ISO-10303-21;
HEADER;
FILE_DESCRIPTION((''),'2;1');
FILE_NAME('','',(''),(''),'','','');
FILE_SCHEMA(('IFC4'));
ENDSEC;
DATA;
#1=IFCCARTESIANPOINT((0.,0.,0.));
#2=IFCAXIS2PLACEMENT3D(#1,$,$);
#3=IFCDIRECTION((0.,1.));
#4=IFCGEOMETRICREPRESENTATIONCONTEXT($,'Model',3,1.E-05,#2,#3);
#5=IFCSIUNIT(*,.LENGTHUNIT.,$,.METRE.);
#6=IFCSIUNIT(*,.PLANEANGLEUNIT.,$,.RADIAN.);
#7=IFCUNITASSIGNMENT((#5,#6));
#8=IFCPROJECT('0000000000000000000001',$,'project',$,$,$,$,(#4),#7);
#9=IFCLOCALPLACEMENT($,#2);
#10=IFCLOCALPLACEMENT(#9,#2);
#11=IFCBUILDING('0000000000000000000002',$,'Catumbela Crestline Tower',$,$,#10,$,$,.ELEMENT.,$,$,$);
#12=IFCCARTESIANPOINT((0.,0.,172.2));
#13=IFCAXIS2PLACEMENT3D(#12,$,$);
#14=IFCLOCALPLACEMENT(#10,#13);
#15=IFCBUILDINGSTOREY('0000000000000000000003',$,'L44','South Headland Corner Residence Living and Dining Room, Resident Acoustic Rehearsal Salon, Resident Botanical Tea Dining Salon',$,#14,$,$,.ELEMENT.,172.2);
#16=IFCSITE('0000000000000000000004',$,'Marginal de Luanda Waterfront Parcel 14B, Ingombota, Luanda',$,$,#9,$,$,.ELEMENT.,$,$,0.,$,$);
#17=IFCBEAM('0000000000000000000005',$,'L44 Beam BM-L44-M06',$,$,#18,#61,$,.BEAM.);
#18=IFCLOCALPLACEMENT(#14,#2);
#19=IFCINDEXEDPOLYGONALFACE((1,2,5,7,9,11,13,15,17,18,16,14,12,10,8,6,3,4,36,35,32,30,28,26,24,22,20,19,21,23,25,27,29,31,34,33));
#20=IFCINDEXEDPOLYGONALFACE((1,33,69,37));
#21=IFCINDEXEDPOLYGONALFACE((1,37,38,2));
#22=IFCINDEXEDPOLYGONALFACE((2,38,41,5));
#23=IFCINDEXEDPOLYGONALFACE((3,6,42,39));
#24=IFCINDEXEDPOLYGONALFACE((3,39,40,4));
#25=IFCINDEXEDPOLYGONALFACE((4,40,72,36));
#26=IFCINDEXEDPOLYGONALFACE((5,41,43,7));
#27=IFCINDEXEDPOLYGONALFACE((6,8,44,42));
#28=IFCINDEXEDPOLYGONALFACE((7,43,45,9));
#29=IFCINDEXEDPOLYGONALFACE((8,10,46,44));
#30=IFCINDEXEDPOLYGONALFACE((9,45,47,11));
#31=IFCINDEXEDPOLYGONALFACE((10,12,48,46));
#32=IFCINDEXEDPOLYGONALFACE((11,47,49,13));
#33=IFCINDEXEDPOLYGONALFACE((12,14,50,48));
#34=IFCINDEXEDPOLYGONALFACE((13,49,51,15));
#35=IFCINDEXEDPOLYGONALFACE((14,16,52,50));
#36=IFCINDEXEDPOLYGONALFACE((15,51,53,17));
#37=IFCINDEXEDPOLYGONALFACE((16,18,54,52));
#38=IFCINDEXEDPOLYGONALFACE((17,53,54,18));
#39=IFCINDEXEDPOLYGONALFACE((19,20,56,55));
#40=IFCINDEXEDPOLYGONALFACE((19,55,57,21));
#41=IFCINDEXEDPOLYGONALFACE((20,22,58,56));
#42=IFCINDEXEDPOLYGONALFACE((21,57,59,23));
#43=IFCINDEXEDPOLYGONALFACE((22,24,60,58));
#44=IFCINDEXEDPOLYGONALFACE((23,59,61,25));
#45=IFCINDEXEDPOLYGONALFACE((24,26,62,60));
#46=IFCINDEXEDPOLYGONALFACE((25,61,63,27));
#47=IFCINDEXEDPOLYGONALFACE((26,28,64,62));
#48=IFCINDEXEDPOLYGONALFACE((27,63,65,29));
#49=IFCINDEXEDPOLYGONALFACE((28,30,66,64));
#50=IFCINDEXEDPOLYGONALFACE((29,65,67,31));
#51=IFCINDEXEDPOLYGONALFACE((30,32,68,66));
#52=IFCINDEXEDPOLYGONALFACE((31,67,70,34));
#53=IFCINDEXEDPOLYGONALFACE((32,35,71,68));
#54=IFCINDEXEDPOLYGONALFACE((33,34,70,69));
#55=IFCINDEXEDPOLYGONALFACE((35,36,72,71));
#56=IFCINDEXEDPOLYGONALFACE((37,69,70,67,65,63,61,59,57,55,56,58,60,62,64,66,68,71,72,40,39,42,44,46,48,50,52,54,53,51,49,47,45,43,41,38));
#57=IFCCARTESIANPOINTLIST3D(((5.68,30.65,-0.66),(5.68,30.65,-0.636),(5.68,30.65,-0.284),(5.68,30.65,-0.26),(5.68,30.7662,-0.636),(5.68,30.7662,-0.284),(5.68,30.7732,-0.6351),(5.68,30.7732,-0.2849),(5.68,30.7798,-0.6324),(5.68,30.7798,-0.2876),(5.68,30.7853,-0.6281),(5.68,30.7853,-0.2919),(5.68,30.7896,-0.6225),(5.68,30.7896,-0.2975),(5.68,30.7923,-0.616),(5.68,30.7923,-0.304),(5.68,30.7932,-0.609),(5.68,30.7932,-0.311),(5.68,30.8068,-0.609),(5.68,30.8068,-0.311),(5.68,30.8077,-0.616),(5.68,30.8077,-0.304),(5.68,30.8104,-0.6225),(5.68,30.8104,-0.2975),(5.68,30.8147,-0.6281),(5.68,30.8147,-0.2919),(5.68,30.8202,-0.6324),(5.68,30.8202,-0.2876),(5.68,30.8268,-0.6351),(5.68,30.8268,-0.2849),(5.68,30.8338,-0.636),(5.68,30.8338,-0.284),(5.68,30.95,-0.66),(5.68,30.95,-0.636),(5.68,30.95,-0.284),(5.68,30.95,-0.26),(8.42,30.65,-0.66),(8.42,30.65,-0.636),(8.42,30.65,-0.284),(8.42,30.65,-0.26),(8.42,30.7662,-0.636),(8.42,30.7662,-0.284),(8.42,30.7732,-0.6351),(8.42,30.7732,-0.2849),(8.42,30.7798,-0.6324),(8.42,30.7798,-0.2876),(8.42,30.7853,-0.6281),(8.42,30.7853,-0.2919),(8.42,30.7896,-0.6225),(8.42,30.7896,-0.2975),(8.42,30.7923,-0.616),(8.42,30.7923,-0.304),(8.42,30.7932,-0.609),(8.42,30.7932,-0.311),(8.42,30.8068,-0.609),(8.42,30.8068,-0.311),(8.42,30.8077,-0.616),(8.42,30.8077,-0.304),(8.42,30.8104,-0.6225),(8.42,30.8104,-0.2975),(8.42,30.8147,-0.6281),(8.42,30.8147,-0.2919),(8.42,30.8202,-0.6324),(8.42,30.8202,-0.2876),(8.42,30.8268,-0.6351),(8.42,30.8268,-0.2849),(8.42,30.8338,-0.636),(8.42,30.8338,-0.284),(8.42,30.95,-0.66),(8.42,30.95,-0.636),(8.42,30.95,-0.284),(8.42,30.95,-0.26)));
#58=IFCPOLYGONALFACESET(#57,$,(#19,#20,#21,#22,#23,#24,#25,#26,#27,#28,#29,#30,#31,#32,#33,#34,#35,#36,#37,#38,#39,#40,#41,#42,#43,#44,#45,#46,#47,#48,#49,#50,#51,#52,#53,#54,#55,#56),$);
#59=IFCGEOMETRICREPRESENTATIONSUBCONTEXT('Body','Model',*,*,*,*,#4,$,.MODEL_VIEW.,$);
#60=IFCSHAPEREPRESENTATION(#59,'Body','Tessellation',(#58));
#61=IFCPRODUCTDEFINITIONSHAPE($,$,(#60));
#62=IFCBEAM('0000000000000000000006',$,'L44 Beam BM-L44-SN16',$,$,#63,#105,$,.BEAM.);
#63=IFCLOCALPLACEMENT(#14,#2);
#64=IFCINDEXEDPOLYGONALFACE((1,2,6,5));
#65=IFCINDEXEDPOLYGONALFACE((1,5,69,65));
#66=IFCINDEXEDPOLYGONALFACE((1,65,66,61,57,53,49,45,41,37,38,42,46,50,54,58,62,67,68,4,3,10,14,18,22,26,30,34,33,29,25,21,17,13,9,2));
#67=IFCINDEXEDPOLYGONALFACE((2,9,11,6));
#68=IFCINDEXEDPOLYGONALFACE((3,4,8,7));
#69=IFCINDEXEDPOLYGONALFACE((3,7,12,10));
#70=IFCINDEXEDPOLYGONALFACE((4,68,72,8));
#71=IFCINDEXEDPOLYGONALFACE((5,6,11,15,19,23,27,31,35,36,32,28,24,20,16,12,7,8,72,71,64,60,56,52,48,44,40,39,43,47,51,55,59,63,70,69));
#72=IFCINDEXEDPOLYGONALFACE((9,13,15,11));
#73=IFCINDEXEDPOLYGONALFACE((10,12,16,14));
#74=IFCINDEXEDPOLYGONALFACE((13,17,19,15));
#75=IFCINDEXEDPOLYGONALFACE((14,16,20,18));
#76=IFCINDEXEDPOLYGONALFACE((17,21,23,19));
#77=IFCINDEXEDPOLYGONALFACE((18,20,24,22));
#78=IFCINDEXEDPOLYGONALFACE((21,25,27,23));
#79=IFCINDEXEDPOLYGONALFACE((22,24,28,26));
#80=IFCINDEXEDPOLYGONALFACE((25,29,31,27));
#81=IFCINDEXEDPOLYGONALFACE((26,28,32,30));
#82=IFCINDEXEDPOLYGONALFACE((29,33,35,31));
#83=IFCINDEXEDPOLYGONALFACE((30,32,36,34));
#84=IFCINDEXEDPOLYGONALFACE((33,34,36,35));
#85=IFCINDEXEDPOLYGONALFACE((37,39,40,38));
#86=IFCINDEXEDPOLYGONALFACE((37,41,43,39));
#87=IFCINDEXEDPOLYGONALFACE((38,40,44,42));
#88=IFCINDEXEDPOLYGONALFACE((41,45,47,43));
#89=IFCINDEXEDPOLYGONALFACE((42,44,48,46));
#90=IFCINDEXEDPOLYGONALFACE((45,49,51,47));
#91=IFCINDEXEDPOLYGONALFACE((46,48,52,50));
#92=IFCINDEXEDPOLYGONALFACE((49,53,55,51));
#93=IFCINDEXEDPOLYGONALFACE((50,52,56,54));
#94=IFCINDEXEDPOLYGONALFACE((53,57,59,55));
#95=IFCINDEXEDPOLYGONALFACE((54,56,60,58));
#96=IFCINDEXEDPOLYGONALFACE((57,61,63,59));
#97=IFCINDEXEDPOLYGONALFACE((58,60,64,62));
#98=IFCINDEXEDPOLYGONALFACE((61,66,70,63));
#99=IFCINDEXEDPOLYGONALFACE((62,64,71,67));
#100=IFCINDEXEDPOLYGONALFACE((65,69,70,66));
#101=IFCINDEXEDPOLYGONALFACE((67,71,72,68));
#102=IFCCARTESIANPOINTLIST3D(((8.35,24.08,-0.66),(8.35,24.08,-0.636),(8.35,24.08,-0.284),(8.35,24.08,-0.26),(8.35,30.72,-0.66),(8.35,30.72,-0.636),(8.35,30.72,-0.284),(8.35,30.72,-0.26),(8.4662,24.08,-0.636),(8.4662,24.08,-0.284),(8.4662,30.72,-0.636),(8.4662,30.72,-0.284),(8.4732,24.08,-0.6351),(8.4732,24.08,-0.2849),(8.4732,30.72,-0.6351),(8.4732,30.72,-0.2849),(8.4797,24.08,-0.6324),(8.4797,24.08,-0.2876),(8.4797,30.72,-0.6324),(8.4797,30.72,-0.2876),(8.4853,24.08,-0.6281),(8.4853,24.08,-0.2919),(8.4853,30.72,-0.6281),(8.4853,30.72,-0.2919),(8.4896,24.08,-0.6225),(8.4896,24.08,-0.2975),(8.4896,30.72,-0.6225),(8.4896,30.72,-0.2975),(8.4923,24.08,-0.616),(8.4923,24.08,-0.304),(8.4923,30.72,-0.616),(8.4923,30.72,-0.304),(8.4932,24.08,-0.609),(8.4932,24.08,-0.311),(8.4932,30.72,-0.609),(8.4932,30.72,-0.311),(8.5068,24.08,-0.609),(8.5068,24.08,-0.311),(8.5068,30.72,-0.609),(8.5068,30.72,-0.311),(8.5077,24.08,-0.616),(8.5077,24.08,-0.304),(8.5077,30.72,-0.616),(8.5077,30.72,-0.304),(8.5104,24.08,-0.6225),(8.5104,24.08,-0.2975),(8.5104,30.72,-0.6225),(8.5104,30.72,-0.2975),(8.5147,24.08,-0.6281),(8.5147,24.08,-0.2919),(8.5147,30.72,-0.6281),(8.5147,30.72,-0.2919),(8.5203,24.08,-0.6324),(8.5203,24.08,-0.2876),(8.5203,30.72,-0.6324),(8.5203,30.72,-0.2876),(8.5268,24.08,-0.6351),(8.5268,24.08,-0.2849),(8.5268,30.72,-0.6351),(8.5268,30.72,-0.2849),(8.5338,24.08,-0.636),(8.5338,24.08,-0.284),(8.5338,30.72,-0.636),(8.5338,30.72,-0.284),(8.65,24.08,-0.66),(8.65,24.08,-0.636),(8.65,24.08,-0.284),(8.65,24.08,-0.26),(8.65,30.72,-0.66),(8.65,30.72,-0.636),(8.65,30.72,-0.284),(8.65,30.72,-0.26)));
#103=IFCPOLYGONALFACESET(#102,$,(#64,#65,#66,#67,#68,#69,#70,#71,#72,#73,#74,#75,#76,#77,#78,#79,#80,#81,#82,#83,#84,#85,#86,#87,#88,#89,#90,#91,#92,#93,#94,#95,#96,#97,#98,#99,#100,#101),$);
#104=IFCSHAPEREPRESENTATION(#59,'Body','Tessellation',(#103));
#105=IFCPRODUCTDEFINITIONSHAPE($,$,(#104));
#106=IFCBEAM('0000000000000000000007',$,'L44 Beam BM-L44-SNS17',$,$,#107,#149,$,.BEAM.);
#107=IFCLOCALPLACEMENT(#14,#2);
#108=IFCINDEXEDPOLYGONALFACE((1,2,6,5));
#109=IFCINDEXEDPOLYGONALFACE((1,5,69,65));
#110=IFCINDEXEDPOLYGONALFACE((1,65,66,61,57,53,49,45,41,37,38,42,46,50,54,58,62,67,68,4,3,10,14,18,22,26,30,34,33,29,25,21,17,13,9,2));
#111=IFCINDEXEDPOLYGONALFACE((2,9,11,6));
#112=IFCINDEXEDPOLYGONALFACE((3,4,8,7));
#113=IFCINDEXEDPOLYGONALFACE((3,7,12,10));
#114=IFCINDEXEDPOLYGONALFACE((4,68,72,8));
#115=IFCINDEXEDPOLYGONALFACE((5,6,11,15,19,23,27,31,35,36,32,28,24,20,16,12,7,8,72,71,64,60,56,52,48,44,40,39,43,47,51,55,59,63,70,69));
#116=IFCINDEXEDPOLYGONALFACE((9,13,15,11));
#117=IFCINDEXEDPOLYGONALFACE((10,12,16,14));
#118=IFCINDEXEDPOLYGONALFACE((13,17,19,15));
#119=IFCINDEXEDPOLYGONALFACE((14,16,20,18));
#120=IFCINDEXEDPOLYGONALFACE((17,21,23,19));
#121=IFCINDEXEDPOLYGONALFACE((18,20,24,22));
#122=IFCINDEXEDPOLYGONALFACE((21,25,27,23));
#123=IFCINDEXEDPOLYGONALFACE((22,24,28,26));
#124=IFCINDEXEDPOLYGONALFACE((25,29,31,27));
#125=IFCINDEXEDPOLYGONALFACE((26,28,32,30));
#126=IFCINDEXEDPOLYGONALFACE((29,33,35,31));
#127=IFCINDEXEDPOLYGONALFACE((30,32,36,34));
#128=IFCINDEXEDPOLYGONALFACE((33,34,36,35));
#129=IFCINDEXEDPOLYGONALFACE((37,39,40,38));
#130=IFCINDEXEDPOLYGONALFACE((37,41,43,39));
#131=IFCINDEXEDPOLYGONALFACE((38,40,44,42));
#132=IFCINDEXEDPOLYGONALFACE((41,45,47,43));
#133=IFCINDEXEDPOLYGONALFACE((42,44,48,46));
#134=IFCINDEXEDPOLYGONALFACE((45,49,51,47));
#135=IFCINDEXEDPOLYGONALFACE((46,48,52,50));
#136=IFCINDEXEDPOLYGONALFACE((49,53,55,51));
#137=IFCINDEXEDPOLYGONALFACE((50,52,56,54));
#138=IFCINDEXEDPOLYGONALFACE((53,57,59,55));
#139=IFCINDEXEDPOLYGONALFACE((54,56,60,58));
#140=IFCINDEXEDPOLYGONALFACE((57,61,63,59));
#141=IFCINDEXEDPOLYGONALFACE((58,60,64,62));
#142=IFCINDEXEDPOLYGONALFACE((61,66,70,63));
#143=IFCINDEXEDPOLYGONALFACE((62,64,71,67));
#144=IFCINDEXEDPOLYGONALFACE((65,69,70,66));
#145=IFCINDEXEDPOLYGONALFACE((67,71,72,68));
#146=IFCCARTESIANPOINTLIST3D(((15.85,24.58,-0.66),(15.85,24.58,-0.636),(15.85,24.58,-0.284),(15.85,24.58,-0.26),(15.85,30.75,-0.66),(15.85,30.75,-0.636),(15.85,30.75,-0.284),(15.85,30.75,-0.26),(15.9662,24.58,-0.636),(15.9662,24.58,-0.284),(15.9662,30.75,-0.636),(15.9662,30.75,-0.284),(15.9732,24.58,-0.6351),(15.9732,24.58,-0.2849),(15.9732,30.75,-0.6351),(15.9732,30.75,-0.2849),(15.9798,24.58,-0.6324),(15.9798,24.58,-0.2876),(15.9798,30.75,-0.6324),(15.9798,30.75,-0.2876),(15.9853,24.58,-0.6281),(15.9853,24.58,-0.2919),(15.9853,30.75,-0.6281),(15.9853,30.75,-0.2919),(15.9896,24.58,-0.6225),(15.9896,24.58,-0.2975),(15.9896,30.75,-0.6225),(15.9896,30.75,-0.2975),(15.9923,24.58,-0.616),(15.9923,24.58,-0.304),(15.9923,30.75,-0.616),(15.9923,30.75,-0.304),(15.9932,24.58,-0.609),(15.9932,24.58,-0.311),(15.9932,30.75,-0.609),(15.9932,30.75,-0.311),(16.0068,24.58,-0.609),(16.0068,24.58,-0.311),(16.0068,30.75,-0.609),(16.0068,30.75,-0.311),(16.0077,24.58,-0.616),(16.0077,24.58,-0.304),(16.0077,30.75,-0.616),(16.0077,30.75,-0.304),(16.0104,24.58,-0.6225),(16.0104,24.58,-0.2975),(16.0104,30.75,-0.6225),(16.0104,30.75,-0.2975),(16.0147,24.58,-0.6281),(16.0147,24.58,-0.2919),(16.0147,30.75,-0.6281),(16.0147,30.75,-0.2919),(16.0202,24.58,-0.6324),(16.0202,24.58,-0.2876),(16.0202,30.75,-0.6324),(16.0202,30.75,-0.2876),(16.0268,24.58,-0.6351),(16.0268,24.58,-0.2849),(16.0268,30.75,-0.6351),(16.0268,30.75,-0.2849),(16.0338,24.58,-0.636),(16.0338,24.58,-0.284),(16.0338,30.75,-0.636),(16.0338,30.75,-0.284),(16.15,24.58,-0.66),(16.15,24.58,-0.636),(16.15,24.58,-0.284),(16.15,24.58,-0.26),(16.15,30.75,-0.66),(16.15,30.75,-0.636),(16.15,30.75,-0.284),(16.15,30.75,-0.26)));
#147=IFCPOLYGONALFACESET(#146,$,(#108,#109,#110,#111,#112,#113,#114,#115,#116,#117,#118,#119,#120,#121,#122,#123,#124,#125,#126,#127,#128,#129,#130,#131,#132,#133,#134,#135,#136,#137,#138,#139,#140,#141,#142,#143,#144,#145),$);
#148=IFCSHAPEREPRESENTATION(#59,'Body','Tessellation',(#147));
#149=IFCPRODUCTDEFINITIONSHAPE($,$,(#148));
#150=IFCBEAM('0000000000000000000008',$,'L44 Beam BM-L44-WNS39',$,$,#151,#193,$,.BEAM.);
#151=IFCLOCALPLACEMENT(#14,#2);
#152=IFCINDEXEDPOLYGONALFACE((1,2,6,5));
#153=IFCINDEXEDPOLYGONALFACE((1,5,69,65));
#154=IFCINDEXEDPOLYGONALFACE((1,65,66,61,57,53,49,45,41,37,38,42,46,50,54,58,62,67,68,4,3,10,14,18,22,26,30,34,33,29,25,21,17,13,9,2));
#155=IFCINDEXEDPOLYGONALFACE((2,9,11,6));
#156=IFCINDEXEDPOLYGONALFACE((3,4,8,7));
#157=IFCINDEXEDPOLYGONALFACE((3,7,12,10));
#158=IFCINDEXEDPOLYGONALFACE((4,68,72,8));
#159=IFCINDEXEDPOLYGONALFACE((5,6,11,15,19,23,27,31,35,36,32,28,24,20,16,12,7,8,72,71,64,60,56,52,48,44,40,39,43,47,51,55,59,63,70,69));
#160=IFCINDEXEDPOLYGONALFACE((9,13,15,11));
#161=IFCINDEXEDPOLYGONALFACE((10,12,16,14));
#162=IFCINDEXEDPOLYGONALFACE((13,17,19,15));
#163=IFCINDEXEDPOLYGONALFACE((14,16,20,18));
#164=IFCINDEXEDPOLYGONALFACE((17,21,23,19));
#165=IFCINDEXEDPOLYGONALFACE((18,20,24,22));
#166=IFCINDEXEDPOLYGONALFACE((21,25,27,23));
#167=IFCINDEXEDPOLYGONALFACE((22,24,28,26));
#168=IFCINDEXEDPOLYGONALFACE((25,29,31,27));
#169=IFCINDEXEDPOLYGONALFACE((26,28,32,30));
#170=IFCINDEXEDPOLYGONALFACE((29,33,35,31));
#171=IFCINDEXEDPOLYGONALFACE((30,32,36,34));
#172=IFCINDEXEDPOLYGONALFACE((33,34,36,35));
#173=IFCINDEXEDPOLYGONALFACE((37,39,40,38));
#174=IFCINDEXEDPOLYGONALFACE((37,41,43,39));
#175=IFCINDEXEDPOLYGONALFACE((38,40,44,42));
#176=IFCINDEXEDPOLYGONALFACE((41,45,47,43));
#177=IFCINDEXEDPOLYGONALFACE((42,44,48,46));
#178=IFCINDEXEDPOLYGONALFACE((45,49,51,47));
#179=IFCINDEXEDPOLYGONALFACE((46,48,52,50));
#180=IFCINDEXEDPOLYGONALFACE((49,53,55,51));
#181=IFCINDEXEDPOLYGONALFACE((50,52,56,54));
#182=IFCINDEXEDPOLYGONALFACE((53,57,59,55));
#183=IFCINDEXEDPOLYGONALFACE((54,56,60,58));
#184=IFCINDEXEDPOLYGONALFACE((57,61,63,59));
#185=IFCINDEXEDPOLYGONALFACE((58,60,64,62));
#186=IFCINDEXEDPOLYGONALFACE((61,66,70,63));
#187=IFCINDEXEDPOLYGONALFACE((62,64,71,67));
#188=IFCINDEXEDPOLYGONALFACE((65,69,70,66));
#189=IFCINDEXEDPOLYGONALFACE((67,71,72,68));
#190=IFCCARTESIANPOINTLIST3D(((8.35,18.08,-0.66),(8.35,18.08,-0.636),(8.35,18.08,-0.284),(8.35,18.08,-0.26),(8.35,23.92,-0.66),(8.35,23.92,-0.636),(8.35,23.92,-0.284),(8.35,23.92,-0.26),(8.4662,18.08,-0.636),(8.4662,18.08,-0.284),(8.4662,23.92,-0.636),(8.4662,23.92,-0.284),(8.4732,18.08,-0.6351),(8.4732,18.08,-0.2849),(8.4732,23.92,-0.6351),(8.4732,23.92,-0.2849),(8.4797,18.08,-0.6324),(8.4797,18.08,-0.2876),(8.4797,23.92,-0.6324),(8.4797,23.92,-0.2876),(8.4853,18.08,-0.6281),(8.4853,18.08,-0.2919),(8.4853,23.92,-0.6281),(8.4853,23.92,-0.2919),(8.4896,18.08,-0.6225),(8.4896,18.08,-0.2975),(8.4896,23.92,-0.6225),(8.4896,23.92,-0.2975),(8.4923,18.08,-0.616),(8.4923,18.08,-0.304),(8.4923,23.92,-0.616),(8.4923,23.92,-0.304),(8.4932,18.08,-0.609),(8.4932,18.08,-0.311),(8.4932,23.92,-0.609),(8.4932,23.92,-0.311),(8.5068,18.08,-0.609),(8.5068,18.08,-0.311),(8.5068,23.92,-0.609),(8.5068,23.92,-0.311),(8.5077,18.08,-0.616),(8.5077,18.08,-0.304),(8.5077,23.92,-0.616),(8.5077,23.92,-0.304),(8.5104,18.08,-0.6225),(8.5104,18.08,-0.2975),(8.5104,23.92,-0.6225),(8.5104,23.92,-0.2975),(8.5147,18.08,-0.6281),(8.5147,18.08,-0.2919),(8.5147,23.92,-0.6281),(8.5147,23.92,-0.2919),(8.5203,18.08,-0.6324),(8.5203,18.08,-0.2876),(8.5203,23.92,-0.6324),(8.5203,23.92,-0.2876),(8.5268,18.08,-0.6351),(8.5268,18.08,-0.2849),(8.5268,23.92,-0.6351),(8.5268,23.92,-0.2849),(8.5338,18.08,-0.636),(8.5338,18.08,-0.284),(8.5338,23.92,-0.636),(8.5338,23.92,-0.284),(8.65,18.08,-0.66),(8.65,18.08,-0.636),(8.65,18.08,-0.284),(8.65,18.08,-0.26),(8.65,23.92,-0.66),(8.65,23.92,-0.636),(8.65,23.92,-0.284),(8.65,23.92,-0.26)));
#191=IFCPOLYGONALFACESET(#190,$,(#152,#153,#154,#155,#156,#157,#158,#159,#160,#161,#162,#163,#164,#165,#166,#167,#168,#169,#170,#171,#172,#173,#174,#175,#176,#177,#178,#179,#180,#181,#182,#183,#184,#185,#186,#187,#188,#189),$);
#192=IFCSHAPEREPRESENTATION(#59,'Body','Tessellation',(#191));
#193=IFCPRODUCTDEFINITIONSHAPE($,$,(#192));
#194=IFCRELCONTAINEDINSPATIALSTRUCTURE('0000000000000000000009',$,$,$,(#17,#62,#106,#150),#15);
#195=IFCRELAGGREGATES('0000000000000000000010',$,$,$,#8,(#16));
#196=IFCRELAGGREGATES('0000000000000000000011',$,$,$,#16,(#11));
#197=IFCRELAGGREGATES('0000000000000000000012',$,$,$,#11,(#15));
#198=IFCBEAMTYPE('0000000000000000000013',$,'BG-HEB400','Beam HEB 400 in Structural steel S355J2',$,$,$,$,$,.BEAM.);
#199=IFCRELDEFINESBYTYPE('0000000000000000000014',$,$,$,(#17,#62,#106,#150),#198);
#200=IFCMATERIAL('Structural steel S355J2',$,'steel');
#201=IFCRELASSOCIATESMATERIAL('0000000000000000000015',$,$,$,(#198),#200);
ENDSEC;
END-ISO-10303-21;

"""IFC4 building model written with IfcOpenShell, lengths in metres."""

from ifc_helpers import new_model, si_unit, direction, frame, origin, origin_2d, place, context, subcontext, project, spatial, i_section, extrude, material, material_profile, profile_set, type_object, element, save


model = new_model("IFC4")

# Units and contexts
model_context = context("Model", 3, precision=1e-05, world=origin(), true_north=direction((0.0, 1.0)))
body_context = subcontext(model_context, "Body", "Model", "MODEL_VIEW")
ifc_project = project(units=[si_unit("LENGTHUNIT", "METRE"), si_unit("PLANEANGLEUNIT", "RADIAN")], contexts=[model_context])

# Site, building, storey
site_placement = place(None, origin())
site = spatial("IfcSite", under=ifc_project, at=site_placement, Name="Marginal de Luanda Waterfront Parcel 14B, Ingombota, Luanda", CompositionType="ELEMENT", RefElevation=0.0)
building_placement = place(site_placement, origin())
building = spatial("IfcBuilding", under=site, at=building_placement, Name="Catumbela Crestline Tower", CompositionType="ELEMENT")
storey_placement = place(building_placement, frame((0.0, 0.0, 172.2)))
storey = spatial("IfcBuildingStorey", under=building, at=storey_placement, Name="L44", Description="South Headland Corner Residence Living and Dining Room, Resident Acoustic Rehearsal Salon, Resident Botanical Tea Dining Salon", CompositionType="ELEMENT", Elevation=172.2)

# Beams
ifc_material_1 = material(Name="Structural steel S355J2", Category="steel")
ifc_material_profile_1 = material_profile(ifc_material_1, i_section(OverallWidth=0.3, OverallDepth=0.4, WebThickness=0.0135, FlangeThickness=0.024, FilletRadius=0.027, at=origin_2d()), Name="HEB 400")
ifc_profile_set_1 = profile_set([ifc_material_profile_1], Name="Structural steel S355J2")
beam_type_1 = type_object("IfcBeamType", Name="BG-HEB400", Description="Beam HEB 400 in Structural steel S355J2", PredefinedType="BEAM", material=ifc_profile_set_1)
beam_1_placement = place(storey_placement, frame((5.68, 30.8, -0.46), z_axis=(1.0, 0.0, 0.0), x_axis=(0.0, 1.0, 0.0)))
element("IfcBeam", 1, at=beam_1_placement, inside=storey, type_object=beam_type_1, Name="L44 Beam BM-L44-M06", PredefinedType="BEAM", context=body_context, shape_type="SweptSolid", body=[
    extrude(i_section(OverallWidth=0.3, OverallDepth=0.4, WebThickness=0.0135, FlangeThickness=0.024, FilletRadius=0.027, at=origin_2d()), origin(), (0.0, 0.0, 1.0), 2.74),
])
beam_2_placement = place(storey_placement, frame((8.5, 24.08, -0.46), z_axis=(0.0, 1.0, 0.0), x_axis=(-1.0, 0.0, 0.0)))
element("IfcBeam", 2, at=beam_2_placement, inside=storey, type_object=beam_type_1, Name="L44 Beam BM-L44-SN16", PredefinedType="BEAM", context=body_context, shape_type="SweptSolid", body=[
    extrude(i_section(OverallWidth=0.3, OverallDepth=0.4, WebThickness=0.0135, FlangeThickness=0.024, FilletRadius=0.027, at=origin_2d()), origin(), (0.0, 0.0, 1.0), 6.64),
])
beam_3_placement = place(storey_placement, frame((16.0, 24.58, -0.46), z_axis=(0.0, 1.0, 0.0), x_axis=(-1.0, 0.0, 0.0)))
element("IfcBeam", 3, at=beam_3_placement, inside=storey, type_object=beam_type_1, Name="L44 Beam BM-L44-SNS17", PredefinedType="BEAM", context=body_context, shape_type="SweptSolid", body=[
    extrude(i_section(OverallWidth=0.3, OverallDepth=0.4, WebThickness=0.0135, FlangeThickness=0.024, FilletRadius=0.027, at=origin_2d()), origin(), (0.0, 0.0, 1.0), 6.17),
])
beam_4_placement = place(storey_placement, frame((8.5, 18.08, -0.46), z_axis=(0.0, 1.0, 0.0), x_axis=(-1.0, 0.0, 0.0)))
element("IfcBeam", 4, at=beam_4_placement, inside=storey, type_object=beam_type_1, Name="L44 Beam BM-L44-WNS39", PredefinedType="BEAM", context=body_context, shape_type="SweptSolid", body=[
    extrude(i_section(OverallWidth=0.3, OverallDepth=0.4, WebThickness=0.0135, FlangeThickness=0.024, FilletRadius=0.027, at=origin_2d()), origin(), (0.0, 0.0, 1.0), 5.84),
])

save(model, "model.ifc")
